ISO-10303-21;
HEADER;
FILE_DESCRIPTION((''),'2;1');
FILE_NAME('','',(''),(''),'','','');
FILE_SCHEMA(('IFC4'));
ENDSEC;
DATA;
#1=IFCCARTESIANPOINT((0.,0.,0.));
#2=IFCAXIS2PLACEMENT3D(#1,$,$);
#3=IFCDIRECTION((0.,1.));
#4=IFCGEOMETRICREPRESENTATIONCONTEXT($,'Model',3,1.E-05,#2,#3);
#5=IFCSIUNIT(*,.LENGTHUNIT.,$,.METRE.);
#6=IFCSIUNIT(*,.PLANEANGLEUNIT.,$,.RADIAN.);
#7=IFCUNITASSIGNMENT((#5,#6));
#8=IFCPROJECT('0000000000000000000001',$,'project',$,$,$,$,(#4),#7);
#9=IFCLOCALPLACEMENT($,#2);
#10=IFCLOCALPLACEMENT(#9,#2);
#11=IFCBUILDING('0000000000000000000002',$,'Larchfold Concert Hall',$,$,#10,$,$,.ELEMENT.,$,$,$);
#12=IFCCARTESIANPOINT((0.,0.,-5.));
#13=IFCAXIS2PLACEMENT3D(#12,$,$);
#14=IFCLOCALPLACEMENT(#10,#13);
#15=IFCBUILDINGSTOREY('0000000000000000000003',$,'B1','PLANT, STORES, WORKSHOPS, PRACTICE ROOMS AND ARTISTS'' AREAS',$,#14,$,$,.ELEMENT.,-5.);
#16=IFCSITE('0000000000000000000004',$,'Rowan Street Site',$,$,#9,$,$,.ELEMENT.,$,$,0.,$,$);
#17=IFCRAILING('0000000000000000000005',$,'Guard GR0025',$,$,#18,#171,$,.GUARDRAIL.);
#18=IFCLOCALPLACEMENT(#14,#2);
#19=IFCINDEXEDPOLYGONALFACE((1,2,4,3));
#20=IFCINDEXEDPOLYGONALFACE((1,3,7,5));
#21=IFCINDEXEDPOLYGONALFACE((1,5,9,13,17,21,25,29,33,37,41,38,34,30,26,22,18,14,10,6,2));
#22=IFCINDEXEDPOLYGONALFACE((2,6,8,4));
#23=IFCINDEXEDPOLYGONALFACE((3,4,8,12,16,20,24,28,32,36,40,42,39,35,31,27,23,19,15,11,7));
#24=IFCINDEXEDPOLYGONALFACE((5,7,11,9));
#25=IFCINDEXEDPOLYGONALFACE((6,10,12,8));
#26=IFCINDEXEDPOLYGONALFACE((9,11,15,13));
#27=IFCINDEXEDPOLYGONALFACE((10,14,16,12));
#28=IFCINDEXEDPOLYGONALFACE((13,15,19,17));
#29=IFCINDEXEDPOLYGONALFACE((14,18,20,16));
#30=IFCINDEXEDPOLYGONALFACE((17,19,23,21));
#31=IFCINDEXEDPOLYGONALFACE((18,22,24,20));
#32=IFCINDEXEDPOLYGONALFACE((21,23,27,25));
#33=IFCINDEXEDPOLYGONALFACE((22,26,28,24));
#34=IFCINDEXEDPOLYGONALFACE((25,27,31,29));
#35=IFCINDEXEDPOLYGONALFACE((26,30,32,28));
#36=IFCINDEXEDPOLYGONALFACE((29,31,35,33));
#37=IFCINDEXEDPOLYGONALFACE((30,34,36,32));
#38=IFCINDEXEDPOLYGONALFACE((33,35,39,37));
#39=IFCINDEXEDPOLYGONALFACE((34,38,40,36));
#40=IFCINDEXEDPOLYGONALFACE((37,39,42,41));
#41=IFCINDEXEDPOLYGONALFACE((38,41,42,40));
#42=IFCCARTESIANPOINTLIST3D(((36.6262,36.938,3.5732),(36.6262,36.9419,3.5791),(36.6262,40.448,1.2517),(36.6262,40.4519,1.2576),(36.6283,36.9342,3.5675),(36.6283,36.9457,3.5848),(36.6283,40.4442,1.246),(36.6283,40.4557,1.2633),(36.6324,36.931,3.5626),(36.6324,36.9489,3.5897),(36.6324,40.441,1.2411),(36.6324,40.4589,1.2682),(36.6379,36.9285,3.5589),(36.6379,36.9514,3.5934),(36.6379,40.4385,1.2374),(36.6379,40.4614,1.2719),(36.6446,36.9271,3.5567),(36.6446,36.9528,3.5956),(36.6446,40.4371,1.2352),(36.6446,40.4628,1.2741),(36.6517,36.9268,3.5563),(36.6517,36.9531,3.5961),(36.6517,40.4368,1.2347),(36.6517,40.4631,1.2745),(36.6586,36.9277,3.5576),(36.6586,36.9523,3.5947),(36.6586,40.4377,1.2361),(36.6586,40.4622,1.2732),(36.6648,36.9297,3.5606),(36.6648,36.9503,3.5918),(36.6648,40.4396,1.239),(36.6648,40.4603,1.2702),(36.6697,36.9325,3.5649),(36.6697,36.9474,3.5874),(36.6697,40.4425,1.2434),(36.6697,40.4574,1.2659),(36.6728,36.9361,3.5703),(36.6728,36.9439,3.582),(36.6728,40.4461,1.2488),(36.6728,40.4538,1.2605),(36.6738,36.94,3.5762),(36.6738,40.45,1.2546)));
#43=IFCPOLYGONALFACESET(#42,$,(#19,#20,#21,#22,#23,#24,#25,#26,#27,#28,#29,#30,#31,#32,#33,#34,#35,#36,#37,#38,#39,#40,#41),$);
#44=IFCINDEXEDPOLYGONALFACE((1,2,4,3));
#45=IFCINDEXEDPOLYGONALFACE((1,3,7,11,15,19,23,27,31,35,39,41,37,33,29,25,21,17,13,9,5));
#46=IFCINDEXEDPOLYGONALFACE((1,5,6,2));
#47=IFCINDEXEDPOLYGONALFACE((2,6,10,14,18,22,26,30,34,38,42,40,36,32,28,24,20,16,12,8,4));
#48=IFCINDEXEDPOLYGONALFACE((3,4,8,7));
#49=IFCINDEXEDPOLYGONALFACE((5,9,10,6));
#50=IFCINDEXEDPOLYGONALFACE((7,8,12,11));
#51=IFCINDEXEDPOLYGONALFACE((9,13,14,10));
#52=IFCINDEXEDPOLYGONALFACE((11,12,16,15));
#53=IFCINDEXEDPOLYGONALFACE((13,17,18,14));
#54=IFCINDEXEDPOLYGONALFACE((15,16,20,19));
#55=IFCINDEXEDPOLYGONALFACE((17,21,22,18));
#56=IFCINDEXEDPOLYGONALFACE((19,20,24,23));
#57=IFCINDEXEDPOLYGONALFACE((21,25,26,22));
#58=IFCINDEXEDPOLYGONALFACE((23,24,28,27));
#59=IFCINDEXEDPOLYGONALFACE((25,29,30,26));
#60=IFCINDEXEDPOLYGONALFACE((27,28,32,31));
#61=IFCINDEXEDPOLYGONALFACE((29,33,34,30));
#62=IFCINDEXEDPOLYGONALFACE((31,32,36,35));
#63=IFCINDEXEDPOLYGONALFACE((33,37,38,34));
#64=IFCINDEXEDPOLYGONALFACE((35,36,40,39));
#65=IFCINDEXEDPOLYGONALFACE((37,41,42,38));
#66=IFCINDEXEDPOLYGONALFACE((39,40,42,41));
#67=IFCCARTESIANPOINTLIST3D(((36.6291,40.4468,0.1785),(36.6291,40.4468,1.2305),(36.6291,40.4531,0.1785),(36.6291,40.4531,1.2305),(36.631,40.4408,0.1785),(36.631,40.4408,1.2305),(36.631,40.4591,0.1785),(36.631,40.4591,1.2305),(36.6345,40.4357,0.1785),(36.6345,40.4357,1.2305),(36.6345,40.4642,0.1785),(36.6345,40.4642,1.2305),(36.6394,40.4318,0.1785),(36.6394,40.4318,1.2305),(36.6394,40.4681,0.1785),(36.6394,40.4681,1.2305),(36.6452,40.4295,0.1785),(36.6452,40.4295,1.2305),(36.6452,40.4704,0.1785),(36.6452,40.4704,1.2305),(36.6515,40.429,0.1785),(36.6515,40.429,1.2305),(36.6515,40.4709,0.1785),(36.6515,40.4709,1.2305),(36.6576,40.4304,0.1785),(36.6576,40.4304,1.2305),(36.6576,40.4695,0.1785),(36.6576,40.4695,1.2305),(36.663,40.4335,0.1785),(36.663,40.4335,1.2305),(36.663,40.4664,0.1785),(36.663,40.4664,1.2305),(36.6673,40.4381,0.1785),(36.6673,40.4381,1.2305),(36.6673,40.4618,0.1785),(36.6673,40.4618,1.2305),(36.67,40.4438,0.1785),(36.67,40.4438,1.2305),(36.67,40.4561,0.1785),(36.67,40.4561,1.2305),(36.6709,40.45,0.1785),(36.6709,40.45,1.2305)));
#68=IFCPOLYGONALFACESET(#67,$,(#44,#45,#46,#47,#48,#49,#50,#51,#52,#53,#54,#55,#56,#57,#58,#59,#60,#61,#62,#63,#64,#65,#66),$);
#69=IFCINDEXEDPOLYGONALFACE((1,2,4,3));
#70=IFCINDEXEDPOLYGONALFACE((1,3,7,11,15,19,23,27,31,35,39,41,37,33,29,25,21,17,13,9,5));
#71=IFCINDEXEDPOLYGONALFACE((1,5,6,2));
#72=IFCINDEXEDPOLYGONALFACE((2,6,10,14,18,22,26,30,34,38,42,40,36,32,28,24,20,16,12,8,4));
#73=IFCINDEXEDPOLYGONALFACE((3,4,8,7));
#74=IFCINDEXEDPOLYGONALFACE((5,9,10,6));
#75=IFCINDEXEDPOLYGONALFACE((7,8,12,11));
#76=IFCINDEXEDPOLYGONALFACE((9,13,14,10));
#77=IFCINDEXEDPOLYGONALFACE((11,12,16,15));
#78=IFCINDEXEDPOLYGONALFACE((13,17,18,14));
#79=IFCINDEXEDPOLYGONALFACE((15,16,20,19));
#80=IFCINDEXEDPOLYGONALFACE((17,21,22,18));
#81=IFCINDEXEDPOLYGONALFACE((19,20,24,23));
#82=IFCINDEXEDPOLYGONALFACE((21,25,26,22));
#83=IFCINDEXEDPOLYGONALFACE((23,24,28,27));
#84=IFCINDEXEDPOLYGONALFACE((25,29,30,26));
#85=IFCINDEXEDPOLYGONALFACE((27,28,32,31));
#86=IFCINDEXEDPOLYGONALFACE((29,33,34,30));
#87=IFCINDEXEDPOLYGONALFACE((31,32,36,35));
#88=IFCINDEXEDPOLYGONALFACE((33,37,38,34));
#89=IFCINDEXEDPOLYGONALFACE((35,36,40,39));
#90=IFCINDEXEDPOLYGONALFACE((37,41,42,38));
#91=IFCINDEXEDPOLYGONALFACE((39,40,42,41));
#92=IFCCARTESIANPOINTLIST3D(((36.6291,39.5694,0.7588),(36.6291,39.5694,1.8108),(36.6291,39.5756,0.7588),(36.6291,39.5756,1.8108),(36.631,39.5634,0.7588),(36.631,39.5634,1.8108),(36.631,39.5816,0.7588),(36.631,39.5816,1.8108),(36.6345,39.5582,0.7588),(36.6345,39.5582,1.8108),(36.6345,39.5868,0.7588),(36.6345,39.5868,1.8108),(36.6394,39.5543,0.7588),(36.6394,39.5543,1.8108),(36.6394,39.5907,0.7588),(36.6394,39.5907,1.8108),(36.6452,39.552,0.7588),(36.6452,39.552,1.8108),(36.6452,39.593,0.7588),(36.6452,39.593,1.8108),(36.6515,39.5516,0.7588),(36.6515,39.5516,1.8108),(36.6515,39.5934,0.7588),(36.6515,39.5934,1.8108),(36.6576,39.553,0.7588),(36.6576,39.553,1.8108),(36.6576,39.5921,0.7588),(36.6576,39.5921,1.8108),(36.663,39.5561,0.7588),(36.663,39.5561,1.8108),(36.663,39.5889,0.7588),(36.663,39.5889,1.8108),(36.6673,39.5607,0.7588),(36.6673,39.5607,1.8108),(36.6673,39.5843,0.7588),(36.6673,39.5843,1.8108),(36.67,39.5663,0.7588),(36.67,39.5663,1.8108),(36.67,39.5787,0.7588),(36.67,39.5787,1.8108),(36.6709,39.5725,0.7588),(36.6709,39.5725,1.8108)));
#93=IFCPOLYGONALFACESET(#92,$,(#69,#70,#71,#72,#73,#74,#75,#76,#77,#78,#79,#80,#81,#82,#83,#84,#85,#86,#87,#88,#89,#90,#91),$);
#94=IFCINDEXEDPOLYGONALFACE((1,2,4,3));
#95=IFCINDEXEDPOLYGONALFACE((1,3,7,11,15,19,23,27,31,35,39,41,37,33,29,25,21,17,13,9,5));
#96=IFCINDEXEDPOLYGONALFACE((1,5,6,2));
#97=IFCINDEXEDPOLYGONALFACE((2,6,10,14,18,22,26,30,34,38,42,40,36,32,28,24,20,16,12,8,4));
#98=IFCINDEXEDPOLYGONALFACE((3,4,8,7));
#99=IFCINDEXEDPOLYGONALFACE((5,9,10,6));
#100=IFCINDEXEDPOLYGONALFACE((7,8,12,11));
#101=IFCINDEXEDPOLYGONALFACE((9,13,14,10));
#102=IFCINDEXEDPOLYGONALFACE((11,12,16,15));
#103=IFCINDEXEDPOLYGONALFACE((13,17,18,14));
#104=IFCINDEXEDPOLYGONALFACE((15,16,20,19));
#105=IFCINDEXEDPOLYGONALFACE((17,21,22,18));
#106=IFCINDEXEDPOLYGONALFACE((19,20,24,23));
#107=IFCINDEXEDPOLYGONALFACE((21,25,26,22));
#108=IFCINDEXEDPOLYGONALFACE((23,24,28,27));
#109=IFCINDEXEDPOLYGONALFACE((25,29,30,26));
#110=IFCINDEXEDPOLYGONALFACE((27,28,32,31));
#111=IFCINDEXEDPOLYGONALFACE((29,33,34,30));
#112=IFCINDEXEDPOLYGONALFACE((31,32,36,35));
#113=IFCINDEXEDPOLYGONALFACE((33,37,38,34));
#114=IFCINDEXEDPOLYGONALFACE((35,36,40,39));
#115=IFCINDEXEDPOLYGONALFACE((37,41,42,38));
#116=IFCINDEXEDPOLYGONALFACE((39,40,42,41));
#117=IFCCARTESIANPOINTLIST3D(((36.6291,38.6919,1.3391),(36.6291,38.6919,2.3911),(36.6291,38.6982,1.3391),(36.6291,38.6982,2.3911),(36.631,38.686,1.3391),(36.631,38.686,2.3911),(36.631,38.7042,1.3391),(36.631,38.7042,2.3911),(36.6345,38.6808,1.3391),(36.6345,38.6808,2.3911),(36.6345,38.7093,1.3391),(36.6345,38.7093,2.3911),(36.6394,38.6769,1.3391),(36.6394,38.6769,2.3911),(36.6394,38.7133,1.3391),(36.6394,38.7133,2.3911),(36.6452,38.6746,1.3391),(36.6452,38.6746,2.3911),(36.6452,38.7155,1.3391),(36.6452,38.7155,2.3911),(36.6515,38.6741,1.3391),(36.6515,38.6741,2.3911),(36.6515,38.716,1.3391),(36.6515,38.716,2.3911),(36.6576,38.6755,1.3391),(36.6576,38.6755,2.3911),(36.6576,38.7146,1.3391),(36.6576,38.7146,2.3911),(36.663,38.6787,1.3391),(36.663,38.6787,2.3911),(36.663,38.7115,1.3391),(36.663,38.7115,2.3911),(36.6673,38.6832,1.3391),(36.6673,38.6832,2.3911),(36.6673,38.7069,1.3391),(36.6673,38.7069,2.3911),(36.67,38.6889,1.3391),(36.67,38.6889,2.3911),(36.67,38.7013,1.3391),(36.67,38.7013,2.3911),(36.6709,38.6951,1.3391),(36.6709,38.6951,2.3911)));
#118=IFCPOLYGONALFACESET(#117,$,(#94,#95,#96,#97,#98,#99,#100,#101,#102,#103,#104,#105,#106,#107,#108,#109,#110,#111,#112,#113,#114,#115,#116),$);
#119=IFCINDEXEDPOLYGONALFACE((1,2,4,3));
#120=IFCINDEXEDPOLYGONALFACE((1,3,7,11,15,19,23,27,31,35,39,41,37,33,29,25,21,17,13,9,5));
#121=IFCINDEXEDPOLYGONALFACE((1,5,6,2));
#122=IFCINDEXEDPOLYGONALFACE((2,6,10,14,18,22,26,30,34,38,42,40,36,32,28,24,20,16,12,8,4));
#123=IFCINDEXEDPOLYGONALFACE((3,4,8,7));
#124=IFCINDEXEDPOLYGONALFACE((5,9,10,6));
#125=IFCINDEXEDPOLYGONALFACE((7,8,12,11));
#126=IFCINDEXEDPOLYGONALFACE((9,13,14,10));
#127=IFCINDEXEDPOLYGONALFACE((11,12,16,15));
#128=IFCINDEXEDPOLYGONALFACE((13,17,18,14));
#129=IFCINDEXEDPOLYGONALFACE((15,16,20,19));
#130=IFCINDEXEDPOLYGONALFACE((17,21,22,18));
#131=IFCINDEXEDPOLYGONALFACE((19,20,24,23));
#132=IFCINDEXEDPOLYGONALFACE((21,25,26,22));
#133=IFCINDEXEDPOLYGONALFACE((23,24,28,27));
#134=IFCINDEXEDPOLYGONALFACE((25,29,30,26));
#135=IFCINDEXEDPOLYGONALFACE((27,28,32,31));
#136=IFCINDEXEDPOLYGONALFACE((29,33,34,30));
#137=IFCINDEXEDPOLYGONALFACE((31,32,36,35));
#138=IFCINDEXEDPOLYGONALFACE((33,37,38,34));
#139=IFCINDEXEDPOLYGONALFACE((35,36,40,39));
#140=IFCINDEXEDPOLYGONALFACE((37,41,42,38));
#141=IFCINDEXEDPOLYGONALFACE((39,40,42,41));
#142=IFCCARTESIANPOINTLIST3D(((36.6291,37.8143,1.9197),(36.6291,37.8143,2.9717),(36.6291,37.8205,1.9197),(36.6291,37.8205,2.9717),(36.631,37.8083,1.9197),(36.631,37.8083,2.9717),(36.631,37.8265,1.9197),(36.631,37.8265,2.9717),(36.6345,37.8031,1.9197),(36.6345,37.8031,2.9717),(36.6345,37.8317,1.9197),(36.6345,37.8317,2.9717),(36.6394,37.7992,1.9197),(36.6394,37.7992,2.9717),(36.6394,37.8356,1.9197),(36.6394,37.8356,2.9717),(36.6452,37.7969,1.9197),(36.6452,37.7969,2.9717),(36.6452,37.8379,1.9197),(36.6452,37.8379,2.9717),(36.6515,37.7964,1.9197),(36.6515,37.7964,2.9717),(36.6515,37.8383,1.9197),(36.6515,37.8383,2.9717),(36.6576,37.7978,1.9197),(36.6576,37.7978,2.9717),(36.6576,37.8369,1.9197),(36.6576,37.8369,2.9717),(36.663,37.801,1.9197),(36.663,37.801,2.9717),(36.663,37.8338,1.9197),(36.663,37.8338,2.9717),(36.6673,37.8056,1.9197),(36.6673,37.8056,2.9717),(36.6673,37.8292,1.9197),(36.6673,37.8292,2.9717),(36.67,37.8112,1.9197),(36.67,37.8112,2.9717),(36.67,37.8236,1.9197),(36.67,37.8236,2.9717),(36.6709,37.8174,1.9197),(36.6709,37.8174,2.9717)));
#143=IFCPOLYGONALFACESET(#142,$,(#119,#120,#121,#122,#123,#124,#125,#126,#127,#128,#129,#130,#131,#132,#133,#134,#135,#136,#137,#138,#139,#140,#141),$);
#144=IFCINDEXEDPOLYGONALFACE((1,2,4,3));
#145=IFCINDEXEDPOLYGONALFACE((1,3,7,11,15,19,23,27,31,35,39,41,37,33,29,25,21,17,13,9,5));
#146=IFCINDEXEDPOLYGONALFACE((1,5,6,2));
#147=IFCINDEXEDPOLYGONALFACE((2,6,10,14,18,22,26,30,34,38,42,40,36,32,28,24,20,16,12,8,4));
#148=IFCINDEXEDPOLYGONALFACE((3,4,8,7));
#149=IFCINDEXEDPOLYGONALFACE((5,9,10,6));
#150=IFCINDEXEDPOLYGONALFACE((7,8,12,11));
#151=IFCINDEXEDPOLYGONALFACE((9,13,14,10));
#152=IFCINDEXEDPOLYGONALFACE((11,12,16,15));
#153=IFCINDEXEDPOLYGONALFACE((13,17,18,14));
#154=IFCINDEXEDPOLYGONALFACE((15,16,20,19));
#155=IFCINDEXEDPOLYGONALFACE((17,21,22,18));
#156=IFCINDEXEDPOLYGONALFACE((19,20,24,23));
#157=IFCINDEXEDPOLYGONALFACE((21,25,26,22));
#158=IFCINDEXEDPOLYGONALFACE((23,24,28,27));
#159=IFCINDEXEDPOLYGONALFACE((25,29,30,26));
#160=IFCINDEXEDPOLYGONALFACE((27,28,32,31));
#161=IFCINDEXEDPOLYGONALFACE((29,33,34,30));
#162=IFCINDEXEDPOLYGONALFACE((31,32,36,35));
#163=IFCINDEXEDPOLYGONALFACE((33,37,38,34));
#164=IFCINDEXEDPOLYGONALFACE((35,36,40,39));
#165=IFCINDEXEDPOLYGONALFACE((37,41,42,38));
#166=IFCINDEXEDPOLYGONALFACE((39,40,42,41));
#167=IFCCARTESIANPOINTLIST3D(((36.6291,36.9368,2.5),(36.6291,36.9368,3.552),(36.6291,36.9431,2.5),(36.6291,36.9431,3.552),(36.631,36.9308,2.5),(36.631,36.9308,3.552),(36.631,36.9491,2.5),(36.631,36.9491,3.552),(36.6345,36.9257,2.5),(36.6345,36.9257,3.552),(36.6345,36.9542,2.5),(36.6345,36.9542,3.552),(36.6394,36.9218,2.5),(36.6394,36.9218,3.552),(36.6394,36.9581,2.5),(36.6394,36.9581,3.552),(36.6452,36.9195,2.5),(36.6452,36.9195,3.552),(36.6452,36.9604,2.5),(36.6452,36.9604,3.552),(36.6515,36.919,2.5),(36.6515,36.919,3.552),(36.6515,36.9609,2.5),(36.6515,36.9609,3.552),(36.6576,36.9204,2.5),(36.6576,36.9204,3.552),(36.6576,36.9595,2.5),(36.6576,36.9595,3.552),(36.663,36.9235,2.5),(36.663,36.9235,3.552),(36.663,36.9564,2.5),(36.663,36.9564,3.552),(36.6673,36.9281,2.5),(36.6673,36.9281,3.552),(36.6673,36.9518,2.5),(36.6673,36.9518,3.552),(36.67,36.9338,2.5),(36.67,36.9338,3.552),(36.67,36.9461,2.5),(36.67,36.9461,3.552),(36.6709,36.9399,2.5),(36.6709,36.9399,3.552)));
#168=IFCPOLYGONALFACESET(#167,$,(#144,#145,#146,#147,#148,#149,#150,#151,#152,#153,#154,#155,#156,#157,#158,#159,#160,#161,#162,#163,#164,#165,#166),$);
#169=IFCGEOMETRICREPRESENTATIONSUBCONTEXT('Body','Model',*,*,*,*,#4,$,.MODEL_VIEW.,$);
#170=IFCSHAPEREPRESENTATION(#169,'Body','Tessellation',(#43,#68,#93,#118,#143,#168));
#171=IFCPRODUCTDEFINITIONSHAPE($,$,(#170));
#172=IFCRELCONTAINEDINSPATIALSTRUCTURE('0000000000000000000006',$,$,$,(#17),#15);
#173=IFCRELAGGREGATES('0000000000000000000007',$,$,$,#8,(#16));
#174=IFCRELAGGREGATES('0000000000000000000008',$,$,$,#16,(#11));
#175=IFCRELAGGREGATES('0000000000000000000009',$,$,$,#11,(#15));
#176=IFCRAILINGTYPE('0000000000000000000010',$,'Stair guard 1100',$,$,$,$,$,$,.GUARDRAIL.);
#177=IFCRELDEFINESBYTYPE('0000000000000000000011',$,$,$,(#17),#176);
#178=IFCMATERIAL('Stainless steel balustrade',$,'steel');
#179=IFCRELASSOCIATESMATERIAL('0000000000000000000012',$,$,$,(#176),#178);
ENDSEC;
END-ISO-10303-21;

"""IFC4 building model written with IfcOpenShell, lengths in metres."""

from ifc_helpers import new_model, si_unit, direction, frame, origin, origin_2d, place, context, subcontext, project, spatial, circle, extrude, material, type_object, element, save


model = new_model("IFC4")

# Units and contexts
model_context = context("Model", 3, precision=1e-05, world=origin(), true_north=direction((0.0, 1.0)))
body_context = subcontext(model_context, "Body", "Model", "MODEL_VIEW")
ifc_project = project(units=[si_unit("LENGTHUNIT", "METRE"), si_unit("PLANEANGLEUNIT", "RADIAN")], contexts=[model_context])

# Site, building, storey
site_placement = place(None, origin())
site = spatial("IfcSite", under=ifc_project, at=site_placement, Name="Rowan Street Site", CompositionType="ELEMENT", RefElevation=0.0)
building_placement = place(site_placement, origin())
building = spatial("IfcBuilding", under=site, at=building_placement, Name="Larchfold Concert Hall", CompositionType="ELEMENT")
storey_placement = place(building_placement, frame((0.0, 0.0, -5.0)))
storey = spatial("IfcBuildingStorey", under=building, at=storey_placement, Name="B1", Description="PLANT, STORES, WORKSHOPS, PRACTICE ROOMS AND ARTISTS' AREAS", CompositionType="ELEMENT", Elevation=-5.0)

# Railing
ifc_material_1 = material(Name="Stainless steel balustrade", Category="steel")
railing_type_1 = type_object("IfcRailingType", Name="Stair guard 1100", PredefinedType="GUARDRAIL", material=ifc_material_1)
railing_1_placement = place(storey_placement, frame((36.6499, 40.45, 0.1785)))
element("IfcRailing", 1, at=railing_1_placement, inside=storey, type_object=railing_type_1, Name="Guard GR0025", PredefinedType="GUARDRAIL", context=body_context, shape_type="SweptSolid", body=[
    extrude(circle(Radius=0.0239, at=origin_2d()), frame((0.0, 0.0, 1.0762), z_axis=(0.0, -0.834071, 0.551657), x_axis=(1.0, 0.0, 0.0)), (0.0, 0.0, 1.0), 4.2083),
    extrude(circle(Radius=0.021, at=origin_2d()), origin(), (0.0, 0.0, 1.0), 1.052),
    extrude(circle(Radius=0.021, at=origin_2d()), frame((0.0, -0.8774, 0.5803)), (0.0, 0.0, 1.0), 1.052),
    extrude(circle(Radius=0.021, at=origin_2d()), frame((0.0, -1.7549, 1.1606)), (0.0, 0.0, 1.0), 1.052),
    extrude(circle(Radius=0.021, at=origin_2d()), frame((0.0, -2.6326, 1.7412)), (0.0, 0.0, 1.0), 1.052),
    extrude(circle(Radius=0.021, at=origin_2d()), frame((0.0, -3.51, 2.3215)), (0.0, 0.0, 1.0), 1.052),
])

save(model, "model.ifc")
